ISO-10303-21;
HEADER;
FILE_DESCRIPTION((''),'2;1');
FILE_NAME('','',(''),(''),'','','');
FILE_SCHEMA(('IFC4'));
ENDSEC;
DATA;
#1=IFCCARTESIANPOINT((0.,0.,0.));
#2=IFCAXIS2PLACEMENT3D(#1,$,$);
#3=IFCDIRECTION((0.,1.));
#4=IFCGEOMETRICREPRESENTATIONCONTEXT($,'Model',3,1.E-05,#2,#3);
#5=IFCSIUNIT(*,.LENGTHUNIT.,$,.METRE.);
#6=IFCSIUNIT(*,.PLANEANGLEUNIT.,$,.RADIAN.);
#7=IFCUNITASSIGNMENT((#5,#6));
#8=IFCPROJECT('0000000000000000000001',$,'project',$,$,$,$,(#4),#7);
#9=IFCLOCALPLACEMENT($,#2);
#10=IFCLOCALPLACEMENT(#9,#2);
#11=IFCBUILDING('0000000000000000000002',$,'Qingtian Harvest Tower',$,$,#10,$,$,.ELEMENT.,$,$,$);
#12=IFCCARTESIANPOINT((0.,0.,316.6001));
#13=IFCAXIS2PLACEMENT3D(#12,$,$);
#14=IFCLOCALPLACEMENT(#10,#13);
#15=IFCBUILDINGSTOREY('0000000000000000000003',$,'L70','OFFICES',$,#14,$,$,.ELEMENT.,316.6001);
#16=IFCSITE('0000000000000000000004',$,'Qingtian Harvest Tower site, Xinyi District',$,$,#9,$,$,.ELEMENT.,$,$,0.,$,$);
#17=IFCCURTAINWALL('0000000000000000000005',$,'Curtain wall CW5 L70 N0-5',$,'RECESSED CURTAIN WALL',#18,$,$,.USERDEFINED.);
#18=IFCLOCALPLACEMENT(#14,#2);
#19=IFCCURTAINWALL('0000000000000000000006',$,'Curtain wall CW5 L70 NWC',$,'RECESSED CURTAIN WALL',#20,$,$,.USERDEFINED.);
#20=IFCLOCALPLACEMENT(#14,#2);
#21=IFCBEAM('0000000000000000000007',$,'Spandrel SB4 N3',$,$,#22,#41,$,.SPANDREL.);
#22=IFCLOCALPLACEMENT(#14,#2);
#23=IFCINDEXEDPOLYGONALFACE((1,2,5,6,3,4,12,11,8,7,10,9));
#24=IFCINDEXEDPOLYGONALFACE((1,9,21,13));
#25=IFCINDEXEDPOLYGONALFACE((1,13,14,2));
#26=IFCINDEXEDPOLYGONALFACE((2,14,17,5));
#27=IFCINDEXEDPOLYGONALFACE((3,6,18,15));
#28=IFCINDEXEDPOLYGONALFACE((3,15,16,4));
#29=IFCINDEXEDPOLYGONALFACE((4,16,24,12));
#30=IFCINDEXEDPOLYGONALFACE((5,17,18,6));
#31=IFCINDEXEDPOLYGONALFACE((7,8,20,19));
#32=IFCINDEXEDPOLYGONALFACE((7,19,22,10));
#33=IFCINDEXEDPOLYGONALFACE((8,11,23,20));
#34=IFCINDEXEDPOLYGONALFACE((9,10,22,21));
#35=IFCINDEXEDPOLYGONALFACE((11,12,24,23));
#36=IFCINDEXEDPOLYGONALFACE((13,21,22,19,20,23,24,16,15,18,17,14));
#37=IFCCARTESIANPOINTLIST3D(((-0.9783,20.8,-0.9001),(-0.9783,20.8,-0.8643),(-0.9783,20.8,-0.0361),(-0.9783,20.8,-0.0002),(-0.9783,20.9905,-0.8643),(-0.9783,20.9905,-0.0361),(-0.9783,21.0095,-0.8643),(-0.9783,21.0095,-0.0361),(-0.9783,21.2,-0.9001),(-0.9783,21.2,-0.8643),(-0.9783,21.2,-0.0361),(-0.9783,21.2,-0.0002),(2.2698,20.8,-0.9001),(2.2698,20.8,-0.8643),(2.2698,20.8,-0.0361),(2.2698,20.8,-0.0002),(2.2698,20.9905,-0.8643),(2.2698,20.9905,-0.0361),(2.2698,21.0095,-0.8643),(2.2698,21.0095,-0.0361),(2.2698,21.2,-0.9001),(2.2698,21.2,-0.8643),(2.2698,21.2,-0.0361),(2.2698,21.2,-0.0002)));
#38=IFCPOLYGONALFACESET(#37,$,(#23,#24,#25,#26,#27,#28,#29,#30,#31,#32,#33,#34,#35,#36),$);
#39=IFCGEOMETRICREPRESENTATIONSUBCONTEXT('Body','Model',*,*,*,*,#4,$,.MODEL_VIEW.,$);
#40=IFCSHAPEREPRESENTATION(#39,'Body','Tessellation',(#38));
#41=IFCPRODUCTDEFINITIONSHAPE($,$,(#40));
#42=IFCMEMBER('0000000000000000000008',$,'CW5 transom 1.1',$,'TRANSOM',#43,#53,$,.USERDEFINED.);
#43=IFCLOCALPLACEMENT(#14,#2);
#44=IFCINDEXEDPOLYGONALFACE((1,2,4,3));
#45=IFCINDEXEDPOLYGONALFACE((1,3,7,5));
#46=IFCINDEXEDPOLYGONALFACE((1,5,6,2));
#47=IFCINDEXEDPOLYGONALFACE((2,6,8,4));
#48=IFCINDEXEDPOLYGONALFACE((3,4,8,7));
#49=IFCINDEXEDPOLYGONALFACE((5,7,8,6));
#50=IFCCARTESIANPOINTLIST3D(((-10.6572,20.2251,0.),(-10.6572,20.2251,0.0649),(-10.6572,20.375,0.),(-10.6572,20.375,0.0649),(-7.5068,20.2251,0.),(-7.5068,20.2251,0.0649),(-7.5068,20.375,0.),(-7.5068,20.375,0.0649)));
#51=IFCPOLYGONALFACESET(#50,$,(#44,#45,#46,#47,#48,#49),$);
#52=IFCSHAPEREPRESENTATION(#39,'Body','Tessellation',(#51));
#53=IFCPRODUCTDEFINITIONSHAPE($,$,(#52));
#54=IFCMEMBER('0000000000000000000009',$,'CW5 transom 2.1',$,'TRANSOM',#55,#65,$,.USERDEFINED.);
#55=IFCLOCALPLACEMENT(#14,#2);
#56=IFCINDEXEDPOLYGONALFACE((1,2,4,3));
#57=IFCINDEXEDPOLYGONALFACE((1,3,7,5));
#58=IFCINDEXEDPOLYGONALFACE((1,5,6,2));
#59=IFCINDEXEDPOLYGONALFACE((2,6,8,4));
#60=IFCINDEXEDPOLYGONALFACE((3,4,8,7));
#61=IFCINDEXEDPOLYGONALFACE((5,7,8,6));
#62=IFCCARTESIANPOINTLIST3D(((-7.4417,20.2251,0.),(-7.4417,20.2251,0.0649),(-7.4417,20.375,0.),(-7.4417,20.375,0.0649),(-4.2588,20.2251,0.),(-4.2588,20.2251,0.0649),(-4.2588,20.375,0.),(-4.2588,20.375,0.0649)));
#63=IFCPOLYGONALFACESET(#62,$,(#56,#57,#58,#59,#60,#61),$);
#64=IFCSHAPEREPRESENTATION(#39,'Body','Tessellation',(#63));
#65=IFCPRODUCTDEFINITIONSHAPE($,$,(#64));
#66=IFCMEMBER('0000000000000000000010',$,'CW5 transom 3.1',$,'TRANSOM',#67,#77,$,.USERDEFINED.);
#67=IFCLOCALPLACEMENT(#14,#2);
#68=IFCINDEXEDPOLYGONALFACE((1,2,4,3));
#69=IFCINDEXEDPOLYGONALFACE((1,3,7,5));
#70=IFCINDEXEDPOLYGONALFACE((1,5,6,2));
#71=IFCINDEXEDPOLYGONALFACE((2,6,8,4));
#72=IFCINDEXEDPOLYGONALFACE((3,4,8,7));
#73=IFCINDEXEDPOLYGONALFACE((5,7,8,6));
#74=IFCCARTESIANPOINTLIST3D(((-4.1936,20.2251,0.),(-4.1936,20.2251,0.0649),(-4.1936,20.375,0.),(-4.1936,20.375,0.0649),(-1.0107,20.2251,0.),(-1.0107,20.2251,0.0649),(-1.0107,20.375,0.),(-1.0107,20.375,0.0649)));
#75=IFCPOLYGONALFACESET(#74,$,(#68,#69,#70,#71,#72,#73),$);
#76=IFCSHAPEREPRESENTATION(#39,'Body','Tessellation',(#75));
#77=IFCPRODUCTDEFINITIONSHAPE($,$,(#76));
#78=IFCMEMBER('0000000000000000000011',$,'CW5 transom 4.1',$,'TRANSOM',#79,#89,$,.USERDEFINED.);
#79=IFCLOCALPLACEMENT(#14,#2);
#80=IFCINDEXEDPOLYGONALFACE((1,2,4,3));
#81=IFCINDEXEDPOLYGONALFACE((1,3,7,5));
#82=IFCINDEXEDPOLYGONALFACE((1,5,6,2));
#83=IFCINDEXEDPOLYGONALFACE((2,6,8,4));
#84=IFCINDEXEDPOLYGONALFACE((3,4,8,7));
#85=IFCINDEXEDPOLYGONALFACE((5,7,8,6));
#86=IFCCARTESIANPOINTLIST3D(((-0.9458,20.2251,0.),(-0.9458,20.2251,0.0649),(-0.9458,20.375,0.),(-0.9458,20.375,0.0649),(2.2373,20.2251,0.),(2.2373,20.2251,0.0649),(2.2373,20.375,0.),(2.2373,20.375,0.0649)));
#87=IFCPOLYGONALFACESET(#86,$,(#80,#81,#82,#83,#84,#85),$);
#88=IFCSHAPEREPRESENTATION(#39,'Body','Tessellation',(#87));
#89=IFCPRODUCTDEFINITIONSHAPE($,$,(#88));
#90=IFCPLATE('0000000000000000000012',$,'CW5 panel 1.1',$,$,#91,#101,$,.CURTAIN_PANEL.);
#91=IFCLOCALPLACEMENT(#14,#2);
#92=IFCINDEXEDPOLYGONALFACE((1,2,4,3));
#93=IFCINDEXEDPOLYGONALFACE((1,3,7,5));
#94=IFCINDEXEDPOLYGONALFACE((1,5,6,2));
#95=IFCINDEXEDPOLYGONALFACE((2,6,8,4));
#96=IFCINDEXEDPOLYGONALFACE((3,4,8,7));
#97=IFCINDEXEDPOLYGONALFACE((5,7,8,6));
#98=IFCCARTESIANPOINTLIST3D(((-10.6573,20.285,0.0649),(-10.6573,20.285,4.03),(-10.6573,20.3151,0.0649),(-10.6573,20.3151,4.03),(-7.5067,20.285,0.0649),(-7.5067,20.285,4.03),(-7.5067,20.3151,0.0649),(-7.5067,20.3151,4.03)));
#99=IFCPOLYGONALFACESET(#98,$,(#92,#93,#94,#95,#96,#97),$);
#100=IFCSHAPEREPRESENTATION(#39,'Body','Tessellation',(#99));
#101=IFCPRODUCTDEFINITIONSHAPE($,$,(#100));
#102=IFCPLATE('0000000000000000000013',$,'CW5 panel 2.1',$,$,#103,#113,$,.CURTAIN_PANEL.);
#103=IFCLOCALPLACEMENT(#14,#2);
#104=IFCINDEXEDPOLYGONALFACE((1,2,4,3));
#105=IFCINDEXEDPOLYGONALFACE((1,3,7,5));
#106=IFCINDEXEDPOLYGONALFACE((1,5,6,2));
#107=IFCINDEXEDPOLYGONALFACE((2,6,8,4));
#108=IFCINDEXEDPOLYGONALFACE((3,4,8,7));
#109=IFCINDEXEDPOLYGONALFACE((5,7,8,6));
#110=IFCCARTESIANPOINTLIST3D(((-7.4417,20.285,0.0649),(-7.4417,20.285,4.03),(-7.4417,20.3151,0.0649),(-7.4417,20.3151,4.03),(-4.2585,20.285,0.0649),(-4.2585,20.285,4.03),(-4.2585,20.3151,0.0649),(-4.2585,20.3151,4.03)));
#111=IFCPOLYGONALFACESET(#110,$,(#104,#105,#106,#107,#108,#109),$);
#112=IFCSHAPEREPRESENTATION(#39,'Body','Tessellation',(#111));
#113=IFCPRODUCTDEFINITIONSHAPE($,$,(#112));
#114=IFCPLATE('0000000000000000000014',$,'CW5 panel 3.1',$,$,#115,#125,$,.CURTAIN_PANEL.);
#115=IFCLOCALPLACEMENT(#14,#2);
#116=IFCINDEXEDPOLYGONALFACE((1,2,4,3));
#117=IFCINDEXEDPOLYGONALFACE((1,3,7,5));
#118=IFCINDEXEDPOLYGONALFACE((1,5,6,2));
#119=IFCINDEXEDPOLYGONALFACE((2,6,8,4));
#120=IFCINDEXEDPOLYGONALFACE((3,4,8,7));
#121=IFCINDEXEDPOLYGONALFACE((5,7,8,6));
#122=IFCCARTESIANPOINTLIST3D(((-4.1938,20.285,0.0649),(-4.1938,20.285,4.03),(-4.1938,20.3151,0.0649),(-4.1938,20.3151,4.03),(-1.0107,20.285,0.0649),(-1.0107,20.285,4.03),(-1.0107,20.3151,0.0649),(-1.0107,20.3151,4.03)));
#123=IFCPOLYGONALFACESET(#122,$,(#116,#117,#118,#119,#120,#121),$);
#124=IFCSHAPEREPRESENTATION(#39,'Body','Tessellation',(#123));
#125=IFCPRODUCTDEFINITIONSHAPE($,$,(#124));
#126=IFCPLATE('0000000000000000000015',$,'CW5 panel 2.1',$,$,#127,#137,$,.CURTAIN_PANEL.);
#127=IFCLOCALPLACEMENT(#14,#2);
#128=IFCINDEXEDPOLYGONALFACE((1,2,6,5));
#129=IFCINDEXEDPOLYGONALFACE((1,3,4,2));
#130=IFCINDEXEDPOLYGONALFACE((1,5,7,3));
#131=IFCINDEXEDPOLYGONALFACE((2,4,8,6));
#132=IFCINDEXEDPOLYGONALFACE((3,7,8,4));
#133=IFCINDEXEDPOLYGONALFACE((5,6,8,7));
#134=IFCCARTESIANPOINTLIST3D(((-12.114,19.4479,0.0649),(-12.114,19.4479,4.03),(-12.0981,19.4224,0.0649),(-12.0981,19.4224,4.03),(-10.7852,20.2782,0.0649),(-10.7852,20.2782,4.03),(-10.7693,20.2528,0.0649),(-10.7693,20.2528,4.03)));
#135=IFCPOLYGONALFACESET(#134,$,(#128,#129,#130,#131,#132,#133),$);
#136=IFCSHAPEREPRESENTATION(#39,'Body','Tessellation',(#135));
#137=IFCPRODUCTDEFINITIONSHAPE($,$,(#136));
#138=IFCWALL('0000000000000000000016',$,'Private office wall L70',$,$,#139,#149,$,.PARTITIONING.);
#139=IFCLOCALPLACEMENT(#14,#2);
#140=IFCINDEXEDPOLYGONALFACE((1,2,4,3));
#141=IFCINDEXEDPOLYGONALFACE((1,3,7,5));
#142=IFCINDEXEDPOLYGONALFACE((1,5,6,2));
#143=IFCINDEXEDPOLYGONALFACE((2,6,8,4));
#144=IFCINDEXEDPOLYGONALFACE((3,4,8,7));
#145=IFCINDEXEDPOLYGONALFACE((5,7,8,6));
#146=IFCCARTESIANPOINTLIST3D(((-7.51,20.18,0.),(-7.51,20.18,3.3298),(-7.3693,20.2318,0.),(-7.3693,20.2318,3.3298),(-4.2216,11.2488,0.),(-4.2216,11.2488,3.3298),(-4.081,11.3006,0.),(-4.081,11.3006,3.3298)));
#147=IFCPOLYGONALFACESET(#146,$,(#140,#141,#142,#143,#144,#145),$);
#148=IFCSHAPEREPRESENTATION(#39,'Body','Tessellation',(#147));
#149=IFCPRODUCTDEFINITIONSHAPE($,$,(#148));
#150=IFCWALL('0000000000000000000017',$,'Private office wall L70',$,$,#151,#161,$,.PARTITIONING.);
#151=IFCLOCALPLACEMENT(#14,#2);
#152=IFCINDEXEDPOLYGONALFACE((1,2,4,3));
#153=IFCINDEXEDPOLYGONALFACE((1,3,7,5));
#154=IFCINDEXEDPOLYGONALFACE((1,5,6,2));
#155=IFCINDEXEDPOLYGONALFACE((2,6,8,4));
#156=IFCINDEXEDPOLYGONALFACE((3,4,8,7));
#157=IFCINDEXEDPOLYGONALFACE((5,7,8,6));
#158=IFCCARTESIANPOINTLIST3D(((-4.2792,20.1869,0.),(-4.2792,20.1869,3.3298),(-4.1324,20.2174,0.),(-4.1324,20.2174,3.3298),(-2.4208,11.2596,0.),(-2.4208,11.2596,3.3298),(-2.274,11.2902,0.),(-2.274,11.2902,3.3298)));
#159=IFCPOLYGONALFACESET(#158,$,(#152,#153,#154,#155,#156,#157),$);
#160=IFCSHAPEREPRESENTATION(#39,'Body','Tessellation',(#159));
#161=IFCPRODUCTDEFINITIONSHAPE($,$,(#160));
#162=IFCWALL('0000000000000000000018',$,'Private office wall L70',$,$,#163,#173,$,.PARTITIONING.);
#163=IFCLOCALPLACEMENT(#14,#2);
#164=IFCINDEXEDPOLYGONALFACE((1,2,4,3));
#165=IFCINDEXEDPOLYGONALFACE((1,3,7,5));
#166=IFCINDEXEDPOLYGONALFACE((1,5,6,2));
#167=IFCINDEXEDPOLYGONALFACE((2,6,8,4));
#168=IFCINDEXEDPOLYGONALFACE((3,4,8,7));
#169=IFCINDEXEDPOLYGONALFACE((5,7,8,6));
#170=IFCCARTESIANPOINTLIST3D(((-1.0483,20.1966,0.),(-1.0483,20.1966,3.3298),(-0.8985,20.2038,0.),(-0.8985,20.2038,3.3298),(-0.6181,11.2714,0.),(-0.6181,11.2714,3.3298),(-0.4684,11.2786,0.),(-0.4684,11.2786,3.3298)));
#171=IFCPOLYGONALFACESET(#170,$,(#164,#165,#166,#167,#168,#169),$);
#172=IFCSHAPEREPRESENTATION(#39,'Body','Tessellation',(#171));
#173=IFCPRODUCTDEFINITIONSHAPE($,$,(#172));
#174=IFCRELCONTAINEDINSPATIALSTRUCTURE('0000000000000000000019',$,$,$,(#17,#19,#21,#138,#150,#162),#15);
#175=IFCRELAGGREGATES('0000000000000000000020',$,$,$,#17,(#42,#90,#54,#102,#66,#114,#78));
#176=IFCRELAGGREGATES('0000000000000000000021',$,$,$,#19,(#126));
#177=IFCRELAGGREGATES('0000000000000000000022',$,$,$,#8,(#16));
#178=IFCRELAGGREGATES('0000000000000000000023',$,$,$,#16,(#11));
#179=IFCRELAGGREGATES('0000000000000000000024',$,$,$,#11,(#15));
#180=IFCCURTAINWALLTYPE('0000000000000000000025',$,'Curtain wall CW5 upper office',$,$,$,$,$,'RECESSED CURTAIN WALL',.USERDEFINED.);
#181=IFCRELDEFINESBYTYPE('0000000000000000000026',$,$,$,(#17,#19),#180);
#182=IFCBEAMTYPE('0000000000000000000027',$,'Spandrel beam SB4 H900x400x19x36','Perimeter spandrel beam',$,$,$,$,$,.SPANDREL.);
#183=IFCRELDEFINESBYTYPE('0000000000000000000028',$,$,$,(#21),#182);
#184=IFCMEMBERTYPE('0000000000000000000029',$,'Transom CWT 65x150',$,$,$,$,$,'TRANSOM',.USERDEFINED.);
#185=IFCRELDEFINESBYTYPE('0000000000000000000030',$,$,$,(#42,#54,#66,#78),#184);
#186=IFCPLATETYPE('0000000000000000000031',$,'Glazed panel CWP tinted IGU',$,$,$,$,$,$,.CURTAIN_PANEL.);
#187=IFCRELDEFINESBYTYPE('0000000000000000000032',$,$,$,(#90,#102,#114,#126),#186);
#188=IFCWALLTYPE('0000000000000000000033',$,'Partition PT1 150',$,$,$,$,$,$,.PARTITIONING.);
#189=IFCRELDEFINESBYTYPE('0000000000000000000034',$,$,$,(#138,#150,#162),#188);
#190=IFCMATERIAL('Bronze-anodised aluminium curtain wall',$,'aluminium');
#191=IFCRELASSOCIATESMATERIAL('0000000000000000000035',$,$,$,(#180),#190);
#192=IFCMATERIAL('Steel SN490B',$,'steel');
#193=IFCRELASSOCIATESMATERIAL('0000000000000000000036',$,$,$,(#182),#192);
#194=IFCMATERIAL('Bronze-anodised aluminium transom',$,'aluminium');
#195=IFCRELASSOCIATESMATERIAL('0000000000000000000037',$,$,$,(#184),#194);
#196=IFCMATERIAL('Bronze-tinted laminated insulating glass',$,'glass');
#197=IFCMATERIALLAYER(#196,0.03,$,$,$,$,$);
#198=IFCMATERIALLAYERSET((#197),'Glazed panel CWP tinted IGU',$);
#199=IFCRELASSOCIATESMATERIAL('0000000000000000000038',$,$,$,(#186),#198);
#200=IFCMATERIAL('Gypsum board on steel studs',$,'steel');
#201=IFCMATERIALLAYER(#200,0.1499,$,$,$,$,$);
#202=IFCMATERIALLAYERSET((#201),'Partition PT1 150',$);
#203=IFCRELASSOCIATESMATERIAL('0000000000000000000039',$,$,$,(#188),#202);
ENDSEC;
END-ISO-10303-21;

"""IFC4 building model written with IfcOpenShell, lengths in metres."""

from ifc_helpers import new_model, si_unit, direction, frame, frame_2d, origin, origin_2d, place, context, subcontext, project, spatial, rectangle, i_section, extrude, material, layer, layer_set, material_profile, profile_set, type_object, element, aggregate, save


model = new_model("IFC4")

# Units and contexts
model_context = context("Model", 3, precision=1e-05, world=origin(), true_north=direction((0.0, 1.0)))
body_context = subcontext(model_context, "Body", "Model", "MODEL_VIEW")
ifc_project = project(units=[si_unit("LENGTHUNIT", "METRE"), si_unit("PLANEANGLEUNIT", "RADIAN")], contexts=[model_context])

# Site, building, storey
site_placement = place(None, origin())
site = spatial("IfcSite", under=ifc_project, at=site_placement, Name="Qingtian Harvest Tower site, Xinyi District", CompositionType="ELEMENT", RefElevation=0.0)
building_placement = place(site_placement, origin())
building = spatial("IfcBuilding", under=site, at=building_placement, Name="Qingtian Harvest Tower", CompositionType="ELEMENT")
storey_placement = place(building_placement, frame((0.0, 0.0, 316.6001)))
storey = spatial("IfcBuildingStorey", under=building, at=storey_placement, Name="L70", Description="OFFICES", CompositionType="ELEMENT", Elevation=316.6001)

# Curtain wall
ifc_material_1 = material(Name="Bronze-anodised aluminium curtain wall", Category="aluminium")
curtain_wall_type = type_object("IfcCurtainWallType", Name="Curtain wall CW5 upper office", ElementType="RECESSED CURTAIN WALL", PredefinedType="USERDEFINED", material=ifc_material_1)
curtain_wall_1_placement = place(storey_placement, origin())
curtain_wall_1 = element("IfcCurtainWall", 1, at=curtain_wall_1_placement, inside=storey, type_object=curtain_wall_type, Name="Curtain wall CW5 L70 N0-5", ObjectType="RECESSED CURTAIN WALL", PredefinedType="USERDEFINED")

# Curtain wall
curtain_wall_2_placement = place(storey_placement, origin())
curtain_wall_2 = element("IfcCurtainWall", 2, at=curtain_wall_2_placement, inside=storey, type_object=curtain_wall_type, Name="Curtain wall CW5 L70 NWC", ObjectType="RECESSED CURTAIN WALL", PredefinedType="USERDEFINED")

# Beam
ifc_material_2 = material(Name="Steel SN490B", Category="steel")
ifc_material_profile_1 = material_profile(ifc_material_2, i_section(OverallWidth=0.3999, OverallDepth=0.8999, WebThickness=0.019, FlangeThickness=0.0359, at=origin_2d()), Name="H900x400x19x36")
ifc_profile_set_1 = profile_set([ifc_material_profile_1], Name="Steel SN490B")
beam_type_1 = type_object("IfcBeamType", Name="Spandrel beam SB4 H900x400x19x36", Description="Perimeter spandrel beam", PredefinedType="SPANDREL", material=ifc_profile_set_1)
for number, where, z_axis, x_axis, name in (
    (3, (-0.9783, 21.0, -0.4502), (1.0, 0.0, 0.0), (0.0, 1.0, 0.0), "Spandrel SB4 N3"),
):
    element("IfcBeam", number, at=place(storey_placement, frame(where, z_axis=z_axis, x_axis=x_axis)), inside=storey, type_object=beam_type_1, Name=name, PredefinedType="SPANDREL", context=body_context, shape_type="SweptSolid", body=[
        extrude(i_section(OverallWidth=0.3999, OverallDepth=0.8999, WebThickness=0.019, FlangeThickness=0.0359, at=origin_2d()), origin(), (0.0, 0.0, 1.0), 3.248),
    ])

# Members
ifc_material_3 = material(Name="Bronze-anodised aluminium transom", Category="aluminium")
ifc_material_profile_2 = material_profile(ifc_material_3, rectangle(XDim=0.1499, YDim=0.0649, at=origin_2d()), Name="AL 65x150")
ifc_profile_set_2 = profile_set([ifc_material_profile_2], Name="Bronze-anodised aluminium transom")
member_type_1 = type_object("IfcMemberType", Name="Transom CWT 65x150", ElementType="TRANSOM", PredefinedType="USERDEFINED", material=ifc_profile_set_2)
member_1_placement = place(storey_placement, frame((-10.6572, 20.3, 0.0325), z_axis=(1.0, 0.0, 0.0), x_axis=(0.0, 1.0, 0.0)))
member_1 = element("IfcMember", 4, at=member_1_placement, type_object=member_type_1, Name="CW5 transom 1.1", ObjectType="TRANSOM", PredefinedType="USERDEFINED", context=body_context, shape_type="SweptSolid", body=[
    extrude(rectangle(XDim=0.1499, YDim=0.0649, at=origin_2d()), origin(), (0.0, 0.0, 1.0), 3.1504),
])
member_2_placement = place(storey_placement, frame((-7.4417, 20.3, 0.0325), z_axis=(1.0, 0.0, 0.0), x_axis=(0.0, 1.0, 0.0)))
member_2 = element("IfcMember", 5, at=member_2_placement, type_object=member_type_1, Name="CW5 transom 2.1", ObjectType="TRANSOM", PredefinedType="USERDEFINED", context=body_context, shape_type="SweptSolid", body=[
    extrude(rectangle(XDim=0.1499, YDim=0.0649, at=origin_2d()), origin(), (0.0, 0.0, 1.0), 3.1829),
])
member_3_placement = place(storey_placement, frame((-4.1936, 20.3, 0.0325), z_axis=(1.0, 0.0, 0.0), x_axis=(0.0, 1.0, 0.0)))
member_3 = element("IfcMember", 6, at=member_3_placement, type_object=member_type_1, Name="CW5 transom 3.1", ObjectType="TRANSOM", PredefinedType="USERDEFINED", context=body_context, shape_type="SweptSolid", body=[
    extrude(rectangle(XDim=0.1499, YDim=0.0649, at=origin_2d()), origin(), (0.0, 0.0, 1.0), 3.1829),
])
member_4_placement = place(storey_placement, frame((-0.9458, 20.3, 0.0325), z_axis=(1.0, 0.0, 0.0), x_axis=(0.0, 1.0, 0.0)))
member_4 = element("IfcMember", 7, at=member_4_placement, type_object=member_type_1, Name="CW5 transom 4.1", ObjectType="TRANSOM", PredefinedType="USERDEFINED", context=body_context, shape_type="SweptSolid", body=[
    extrude(rectangle(XDim=0.1499, YDim=0.0649, at=origin_2d()), origin(), (0.0, 0.0, 1.0), 3.1831),
])

# Plates
ifc_material_4 = material(Name="Bronze-tinted laminated insulating glass", Category="glass")
ifc_layer_1 = layer(ifc_material_4, 0.03)
ifc_layer_set_1 = layer_set([ifc_layer_1], Name="Glazed panel CWP tinted IGU")
plate_type = type_object("IfcPlateType", Name="Glazed panel CWP tinted IGU", PredefinedType="CURTAIN_PANEL", material=ifc_layer_set_1)
plate_1_placement = place(storey_placement, frame((-9.082, 20.3, 0.0649), z_axis=(0.0, 0.0, 1.0), x_axis=(1.0, 0.0, 0.0)))
plate_1 = element("IfcPlate", 8, at=plate_1_placement, type_object=plate_type, Name="CW5 panel 1.1", PredefinedType="CURTAIN_PANEL", context=body_context, shape_type="SweptSolid", body=[
    extrude(rectangle(XDim=3.1506, YDim=0.03, at=origin_2d()), origin(), (0.0, 0.0, 1.0), 3.9651),
])
plate_2_placement = place(storey_placement, frame((-5.8501, 20.3, 0.0649), z_axis=(0.0, 0.0, 1.0), x_axis=(1.0, 0.0, 0.0)))
plate_2 = element("IfcPlate", 9, at=plate_2_placement, type_object=plate_type, Name="CW5 panel 2.1", PredefinedType="CURTAIN_PANEL", context=body_context, shape_type="SweptSolid", body=[
    extrude(rectangle(XDim=3.1831, YDim=0.03, at=origin_2d()), origin(), (0.0, 0.0, 1.0), 3.9651),
])
plate_3_placement = place(storey_placement, frame((-2.6023, 20.3, 0.0649), z_axis=(0.0, 0.0, 1.0), x_axis=(1.0, 0.0, 0.0)))
plate_3 = element("IfcPlate", 10, at=plate_3_placement, type_object=plate_type, Name="CW5 panel 3.1", PredefinedType="CURTAIN_PANEL", context=body_context, shape_type="SweptSolid", body=[
    extrude(rectangle(XDim=3.1831, YDim=0.03, at=origin_2d()), origin(), (0.0, 0.0, 1.0), 3.9651),
])
aggregate(curtain_wall_1, [member_1, plate_1, member_2, plate_2, member_3, plate_3, member_4])
plate_4_placement = place(storey_placement, frame((-11.4417, 19.8503, 0.0649), z_axis=(0.0, 0.0, 1.0), x_axis=(0.848048, 0.529919, 0.0)))
plate_4 = element("IfcPlate", 11, at=plate_4_placement, type_object=plate_type, Name="CW5 panel 2.1", PredefinedType="CURTAIN_PANEL", context=body_context, shape_type="SweptSolid", body=[
    extrude(rectangle(XDim=1.5669, YDim=0.03, at=origin_2d()), origin(), (0.0, 0.0, 1.0), 3.9651),
])
aggregate(curtain_wall_2, [plate_4])

# Walls
ifc_material_5 = material(Name="Gypsum board on steel studs", Category="steel")
ifc_layer_2 = layer(ifc_material_5, 0.1499)
ifc_layer_set_2 = layer_set([ifc_layer_2], Name="Partition PT1 150")
wall_type = type_object("IfcWallType", Name="Partition PT1 150", PredefinedType="PARTITIONING", material=ifc_layer_set_2)
wall_1_placement = place(storey_placement, frame((-7.4397, 20.2061, 0.0), z_axis=(0.0, 0.0, 1.0), x_axis=(0.345512, -0.938414, 0.0)))
element("IfcWall", 12, at=wall_1_placement, inside=storey, type_object=wall_type, Name="Private office wall L70", PredefinedType="PARTITIONING", context=body_context, shape_type="SweptSolid", body=[
    extrude(rectangle(XDim=9.5173, YDim=0.1499, at=frame_2d((4.7588, 0.0))), origin(), (0.0, 0.0, 1.0), 3.3298),
])
wall_2_placement = place(storey_placement, frame((-4.2058, 20.2021, 0.0), z_axis=(0.0, 0.0, 1.0), x_axis=(0.203802, -0.979012, 0.0)))
element("IfcWall", 13, at=wall_2_placement, inside=storey, type_object=wall_type, Name="Private office wall L70", PredefinedType="PARTITIONING", context=body_context, shape_type="SweptSolid", body=[
    extrude(rectangle(XDim=9.1187, YDim=0.1499, at=frame_2d((4.5593, 0.0))), origin(), (0.0, 0.0, 1.0), 3.3298),
])
wall_3_placement = place(storey_placement, frame((-0.9734, 20.2002, 0.0), z_axis=(0.0, 0.0, 1.0), x_axis=(0.048142, -0.998841, 0.0)))
element("IfcWall", 14, at=wall_3_placement, inside=storey, type_object=wall_type, Name="Private office wall L70", PredefinedType="PARTITIONING", context=body_context, shape_type="SweptSolid", body=[
    extrude(rectangle(XDim=8.9355, YDim=0.1499, at=frame_2d((4.4678, 0.0))), origin(), (0.0, 0.0, 1.0), 3.3298),
])

save(model, "model.ifc")
